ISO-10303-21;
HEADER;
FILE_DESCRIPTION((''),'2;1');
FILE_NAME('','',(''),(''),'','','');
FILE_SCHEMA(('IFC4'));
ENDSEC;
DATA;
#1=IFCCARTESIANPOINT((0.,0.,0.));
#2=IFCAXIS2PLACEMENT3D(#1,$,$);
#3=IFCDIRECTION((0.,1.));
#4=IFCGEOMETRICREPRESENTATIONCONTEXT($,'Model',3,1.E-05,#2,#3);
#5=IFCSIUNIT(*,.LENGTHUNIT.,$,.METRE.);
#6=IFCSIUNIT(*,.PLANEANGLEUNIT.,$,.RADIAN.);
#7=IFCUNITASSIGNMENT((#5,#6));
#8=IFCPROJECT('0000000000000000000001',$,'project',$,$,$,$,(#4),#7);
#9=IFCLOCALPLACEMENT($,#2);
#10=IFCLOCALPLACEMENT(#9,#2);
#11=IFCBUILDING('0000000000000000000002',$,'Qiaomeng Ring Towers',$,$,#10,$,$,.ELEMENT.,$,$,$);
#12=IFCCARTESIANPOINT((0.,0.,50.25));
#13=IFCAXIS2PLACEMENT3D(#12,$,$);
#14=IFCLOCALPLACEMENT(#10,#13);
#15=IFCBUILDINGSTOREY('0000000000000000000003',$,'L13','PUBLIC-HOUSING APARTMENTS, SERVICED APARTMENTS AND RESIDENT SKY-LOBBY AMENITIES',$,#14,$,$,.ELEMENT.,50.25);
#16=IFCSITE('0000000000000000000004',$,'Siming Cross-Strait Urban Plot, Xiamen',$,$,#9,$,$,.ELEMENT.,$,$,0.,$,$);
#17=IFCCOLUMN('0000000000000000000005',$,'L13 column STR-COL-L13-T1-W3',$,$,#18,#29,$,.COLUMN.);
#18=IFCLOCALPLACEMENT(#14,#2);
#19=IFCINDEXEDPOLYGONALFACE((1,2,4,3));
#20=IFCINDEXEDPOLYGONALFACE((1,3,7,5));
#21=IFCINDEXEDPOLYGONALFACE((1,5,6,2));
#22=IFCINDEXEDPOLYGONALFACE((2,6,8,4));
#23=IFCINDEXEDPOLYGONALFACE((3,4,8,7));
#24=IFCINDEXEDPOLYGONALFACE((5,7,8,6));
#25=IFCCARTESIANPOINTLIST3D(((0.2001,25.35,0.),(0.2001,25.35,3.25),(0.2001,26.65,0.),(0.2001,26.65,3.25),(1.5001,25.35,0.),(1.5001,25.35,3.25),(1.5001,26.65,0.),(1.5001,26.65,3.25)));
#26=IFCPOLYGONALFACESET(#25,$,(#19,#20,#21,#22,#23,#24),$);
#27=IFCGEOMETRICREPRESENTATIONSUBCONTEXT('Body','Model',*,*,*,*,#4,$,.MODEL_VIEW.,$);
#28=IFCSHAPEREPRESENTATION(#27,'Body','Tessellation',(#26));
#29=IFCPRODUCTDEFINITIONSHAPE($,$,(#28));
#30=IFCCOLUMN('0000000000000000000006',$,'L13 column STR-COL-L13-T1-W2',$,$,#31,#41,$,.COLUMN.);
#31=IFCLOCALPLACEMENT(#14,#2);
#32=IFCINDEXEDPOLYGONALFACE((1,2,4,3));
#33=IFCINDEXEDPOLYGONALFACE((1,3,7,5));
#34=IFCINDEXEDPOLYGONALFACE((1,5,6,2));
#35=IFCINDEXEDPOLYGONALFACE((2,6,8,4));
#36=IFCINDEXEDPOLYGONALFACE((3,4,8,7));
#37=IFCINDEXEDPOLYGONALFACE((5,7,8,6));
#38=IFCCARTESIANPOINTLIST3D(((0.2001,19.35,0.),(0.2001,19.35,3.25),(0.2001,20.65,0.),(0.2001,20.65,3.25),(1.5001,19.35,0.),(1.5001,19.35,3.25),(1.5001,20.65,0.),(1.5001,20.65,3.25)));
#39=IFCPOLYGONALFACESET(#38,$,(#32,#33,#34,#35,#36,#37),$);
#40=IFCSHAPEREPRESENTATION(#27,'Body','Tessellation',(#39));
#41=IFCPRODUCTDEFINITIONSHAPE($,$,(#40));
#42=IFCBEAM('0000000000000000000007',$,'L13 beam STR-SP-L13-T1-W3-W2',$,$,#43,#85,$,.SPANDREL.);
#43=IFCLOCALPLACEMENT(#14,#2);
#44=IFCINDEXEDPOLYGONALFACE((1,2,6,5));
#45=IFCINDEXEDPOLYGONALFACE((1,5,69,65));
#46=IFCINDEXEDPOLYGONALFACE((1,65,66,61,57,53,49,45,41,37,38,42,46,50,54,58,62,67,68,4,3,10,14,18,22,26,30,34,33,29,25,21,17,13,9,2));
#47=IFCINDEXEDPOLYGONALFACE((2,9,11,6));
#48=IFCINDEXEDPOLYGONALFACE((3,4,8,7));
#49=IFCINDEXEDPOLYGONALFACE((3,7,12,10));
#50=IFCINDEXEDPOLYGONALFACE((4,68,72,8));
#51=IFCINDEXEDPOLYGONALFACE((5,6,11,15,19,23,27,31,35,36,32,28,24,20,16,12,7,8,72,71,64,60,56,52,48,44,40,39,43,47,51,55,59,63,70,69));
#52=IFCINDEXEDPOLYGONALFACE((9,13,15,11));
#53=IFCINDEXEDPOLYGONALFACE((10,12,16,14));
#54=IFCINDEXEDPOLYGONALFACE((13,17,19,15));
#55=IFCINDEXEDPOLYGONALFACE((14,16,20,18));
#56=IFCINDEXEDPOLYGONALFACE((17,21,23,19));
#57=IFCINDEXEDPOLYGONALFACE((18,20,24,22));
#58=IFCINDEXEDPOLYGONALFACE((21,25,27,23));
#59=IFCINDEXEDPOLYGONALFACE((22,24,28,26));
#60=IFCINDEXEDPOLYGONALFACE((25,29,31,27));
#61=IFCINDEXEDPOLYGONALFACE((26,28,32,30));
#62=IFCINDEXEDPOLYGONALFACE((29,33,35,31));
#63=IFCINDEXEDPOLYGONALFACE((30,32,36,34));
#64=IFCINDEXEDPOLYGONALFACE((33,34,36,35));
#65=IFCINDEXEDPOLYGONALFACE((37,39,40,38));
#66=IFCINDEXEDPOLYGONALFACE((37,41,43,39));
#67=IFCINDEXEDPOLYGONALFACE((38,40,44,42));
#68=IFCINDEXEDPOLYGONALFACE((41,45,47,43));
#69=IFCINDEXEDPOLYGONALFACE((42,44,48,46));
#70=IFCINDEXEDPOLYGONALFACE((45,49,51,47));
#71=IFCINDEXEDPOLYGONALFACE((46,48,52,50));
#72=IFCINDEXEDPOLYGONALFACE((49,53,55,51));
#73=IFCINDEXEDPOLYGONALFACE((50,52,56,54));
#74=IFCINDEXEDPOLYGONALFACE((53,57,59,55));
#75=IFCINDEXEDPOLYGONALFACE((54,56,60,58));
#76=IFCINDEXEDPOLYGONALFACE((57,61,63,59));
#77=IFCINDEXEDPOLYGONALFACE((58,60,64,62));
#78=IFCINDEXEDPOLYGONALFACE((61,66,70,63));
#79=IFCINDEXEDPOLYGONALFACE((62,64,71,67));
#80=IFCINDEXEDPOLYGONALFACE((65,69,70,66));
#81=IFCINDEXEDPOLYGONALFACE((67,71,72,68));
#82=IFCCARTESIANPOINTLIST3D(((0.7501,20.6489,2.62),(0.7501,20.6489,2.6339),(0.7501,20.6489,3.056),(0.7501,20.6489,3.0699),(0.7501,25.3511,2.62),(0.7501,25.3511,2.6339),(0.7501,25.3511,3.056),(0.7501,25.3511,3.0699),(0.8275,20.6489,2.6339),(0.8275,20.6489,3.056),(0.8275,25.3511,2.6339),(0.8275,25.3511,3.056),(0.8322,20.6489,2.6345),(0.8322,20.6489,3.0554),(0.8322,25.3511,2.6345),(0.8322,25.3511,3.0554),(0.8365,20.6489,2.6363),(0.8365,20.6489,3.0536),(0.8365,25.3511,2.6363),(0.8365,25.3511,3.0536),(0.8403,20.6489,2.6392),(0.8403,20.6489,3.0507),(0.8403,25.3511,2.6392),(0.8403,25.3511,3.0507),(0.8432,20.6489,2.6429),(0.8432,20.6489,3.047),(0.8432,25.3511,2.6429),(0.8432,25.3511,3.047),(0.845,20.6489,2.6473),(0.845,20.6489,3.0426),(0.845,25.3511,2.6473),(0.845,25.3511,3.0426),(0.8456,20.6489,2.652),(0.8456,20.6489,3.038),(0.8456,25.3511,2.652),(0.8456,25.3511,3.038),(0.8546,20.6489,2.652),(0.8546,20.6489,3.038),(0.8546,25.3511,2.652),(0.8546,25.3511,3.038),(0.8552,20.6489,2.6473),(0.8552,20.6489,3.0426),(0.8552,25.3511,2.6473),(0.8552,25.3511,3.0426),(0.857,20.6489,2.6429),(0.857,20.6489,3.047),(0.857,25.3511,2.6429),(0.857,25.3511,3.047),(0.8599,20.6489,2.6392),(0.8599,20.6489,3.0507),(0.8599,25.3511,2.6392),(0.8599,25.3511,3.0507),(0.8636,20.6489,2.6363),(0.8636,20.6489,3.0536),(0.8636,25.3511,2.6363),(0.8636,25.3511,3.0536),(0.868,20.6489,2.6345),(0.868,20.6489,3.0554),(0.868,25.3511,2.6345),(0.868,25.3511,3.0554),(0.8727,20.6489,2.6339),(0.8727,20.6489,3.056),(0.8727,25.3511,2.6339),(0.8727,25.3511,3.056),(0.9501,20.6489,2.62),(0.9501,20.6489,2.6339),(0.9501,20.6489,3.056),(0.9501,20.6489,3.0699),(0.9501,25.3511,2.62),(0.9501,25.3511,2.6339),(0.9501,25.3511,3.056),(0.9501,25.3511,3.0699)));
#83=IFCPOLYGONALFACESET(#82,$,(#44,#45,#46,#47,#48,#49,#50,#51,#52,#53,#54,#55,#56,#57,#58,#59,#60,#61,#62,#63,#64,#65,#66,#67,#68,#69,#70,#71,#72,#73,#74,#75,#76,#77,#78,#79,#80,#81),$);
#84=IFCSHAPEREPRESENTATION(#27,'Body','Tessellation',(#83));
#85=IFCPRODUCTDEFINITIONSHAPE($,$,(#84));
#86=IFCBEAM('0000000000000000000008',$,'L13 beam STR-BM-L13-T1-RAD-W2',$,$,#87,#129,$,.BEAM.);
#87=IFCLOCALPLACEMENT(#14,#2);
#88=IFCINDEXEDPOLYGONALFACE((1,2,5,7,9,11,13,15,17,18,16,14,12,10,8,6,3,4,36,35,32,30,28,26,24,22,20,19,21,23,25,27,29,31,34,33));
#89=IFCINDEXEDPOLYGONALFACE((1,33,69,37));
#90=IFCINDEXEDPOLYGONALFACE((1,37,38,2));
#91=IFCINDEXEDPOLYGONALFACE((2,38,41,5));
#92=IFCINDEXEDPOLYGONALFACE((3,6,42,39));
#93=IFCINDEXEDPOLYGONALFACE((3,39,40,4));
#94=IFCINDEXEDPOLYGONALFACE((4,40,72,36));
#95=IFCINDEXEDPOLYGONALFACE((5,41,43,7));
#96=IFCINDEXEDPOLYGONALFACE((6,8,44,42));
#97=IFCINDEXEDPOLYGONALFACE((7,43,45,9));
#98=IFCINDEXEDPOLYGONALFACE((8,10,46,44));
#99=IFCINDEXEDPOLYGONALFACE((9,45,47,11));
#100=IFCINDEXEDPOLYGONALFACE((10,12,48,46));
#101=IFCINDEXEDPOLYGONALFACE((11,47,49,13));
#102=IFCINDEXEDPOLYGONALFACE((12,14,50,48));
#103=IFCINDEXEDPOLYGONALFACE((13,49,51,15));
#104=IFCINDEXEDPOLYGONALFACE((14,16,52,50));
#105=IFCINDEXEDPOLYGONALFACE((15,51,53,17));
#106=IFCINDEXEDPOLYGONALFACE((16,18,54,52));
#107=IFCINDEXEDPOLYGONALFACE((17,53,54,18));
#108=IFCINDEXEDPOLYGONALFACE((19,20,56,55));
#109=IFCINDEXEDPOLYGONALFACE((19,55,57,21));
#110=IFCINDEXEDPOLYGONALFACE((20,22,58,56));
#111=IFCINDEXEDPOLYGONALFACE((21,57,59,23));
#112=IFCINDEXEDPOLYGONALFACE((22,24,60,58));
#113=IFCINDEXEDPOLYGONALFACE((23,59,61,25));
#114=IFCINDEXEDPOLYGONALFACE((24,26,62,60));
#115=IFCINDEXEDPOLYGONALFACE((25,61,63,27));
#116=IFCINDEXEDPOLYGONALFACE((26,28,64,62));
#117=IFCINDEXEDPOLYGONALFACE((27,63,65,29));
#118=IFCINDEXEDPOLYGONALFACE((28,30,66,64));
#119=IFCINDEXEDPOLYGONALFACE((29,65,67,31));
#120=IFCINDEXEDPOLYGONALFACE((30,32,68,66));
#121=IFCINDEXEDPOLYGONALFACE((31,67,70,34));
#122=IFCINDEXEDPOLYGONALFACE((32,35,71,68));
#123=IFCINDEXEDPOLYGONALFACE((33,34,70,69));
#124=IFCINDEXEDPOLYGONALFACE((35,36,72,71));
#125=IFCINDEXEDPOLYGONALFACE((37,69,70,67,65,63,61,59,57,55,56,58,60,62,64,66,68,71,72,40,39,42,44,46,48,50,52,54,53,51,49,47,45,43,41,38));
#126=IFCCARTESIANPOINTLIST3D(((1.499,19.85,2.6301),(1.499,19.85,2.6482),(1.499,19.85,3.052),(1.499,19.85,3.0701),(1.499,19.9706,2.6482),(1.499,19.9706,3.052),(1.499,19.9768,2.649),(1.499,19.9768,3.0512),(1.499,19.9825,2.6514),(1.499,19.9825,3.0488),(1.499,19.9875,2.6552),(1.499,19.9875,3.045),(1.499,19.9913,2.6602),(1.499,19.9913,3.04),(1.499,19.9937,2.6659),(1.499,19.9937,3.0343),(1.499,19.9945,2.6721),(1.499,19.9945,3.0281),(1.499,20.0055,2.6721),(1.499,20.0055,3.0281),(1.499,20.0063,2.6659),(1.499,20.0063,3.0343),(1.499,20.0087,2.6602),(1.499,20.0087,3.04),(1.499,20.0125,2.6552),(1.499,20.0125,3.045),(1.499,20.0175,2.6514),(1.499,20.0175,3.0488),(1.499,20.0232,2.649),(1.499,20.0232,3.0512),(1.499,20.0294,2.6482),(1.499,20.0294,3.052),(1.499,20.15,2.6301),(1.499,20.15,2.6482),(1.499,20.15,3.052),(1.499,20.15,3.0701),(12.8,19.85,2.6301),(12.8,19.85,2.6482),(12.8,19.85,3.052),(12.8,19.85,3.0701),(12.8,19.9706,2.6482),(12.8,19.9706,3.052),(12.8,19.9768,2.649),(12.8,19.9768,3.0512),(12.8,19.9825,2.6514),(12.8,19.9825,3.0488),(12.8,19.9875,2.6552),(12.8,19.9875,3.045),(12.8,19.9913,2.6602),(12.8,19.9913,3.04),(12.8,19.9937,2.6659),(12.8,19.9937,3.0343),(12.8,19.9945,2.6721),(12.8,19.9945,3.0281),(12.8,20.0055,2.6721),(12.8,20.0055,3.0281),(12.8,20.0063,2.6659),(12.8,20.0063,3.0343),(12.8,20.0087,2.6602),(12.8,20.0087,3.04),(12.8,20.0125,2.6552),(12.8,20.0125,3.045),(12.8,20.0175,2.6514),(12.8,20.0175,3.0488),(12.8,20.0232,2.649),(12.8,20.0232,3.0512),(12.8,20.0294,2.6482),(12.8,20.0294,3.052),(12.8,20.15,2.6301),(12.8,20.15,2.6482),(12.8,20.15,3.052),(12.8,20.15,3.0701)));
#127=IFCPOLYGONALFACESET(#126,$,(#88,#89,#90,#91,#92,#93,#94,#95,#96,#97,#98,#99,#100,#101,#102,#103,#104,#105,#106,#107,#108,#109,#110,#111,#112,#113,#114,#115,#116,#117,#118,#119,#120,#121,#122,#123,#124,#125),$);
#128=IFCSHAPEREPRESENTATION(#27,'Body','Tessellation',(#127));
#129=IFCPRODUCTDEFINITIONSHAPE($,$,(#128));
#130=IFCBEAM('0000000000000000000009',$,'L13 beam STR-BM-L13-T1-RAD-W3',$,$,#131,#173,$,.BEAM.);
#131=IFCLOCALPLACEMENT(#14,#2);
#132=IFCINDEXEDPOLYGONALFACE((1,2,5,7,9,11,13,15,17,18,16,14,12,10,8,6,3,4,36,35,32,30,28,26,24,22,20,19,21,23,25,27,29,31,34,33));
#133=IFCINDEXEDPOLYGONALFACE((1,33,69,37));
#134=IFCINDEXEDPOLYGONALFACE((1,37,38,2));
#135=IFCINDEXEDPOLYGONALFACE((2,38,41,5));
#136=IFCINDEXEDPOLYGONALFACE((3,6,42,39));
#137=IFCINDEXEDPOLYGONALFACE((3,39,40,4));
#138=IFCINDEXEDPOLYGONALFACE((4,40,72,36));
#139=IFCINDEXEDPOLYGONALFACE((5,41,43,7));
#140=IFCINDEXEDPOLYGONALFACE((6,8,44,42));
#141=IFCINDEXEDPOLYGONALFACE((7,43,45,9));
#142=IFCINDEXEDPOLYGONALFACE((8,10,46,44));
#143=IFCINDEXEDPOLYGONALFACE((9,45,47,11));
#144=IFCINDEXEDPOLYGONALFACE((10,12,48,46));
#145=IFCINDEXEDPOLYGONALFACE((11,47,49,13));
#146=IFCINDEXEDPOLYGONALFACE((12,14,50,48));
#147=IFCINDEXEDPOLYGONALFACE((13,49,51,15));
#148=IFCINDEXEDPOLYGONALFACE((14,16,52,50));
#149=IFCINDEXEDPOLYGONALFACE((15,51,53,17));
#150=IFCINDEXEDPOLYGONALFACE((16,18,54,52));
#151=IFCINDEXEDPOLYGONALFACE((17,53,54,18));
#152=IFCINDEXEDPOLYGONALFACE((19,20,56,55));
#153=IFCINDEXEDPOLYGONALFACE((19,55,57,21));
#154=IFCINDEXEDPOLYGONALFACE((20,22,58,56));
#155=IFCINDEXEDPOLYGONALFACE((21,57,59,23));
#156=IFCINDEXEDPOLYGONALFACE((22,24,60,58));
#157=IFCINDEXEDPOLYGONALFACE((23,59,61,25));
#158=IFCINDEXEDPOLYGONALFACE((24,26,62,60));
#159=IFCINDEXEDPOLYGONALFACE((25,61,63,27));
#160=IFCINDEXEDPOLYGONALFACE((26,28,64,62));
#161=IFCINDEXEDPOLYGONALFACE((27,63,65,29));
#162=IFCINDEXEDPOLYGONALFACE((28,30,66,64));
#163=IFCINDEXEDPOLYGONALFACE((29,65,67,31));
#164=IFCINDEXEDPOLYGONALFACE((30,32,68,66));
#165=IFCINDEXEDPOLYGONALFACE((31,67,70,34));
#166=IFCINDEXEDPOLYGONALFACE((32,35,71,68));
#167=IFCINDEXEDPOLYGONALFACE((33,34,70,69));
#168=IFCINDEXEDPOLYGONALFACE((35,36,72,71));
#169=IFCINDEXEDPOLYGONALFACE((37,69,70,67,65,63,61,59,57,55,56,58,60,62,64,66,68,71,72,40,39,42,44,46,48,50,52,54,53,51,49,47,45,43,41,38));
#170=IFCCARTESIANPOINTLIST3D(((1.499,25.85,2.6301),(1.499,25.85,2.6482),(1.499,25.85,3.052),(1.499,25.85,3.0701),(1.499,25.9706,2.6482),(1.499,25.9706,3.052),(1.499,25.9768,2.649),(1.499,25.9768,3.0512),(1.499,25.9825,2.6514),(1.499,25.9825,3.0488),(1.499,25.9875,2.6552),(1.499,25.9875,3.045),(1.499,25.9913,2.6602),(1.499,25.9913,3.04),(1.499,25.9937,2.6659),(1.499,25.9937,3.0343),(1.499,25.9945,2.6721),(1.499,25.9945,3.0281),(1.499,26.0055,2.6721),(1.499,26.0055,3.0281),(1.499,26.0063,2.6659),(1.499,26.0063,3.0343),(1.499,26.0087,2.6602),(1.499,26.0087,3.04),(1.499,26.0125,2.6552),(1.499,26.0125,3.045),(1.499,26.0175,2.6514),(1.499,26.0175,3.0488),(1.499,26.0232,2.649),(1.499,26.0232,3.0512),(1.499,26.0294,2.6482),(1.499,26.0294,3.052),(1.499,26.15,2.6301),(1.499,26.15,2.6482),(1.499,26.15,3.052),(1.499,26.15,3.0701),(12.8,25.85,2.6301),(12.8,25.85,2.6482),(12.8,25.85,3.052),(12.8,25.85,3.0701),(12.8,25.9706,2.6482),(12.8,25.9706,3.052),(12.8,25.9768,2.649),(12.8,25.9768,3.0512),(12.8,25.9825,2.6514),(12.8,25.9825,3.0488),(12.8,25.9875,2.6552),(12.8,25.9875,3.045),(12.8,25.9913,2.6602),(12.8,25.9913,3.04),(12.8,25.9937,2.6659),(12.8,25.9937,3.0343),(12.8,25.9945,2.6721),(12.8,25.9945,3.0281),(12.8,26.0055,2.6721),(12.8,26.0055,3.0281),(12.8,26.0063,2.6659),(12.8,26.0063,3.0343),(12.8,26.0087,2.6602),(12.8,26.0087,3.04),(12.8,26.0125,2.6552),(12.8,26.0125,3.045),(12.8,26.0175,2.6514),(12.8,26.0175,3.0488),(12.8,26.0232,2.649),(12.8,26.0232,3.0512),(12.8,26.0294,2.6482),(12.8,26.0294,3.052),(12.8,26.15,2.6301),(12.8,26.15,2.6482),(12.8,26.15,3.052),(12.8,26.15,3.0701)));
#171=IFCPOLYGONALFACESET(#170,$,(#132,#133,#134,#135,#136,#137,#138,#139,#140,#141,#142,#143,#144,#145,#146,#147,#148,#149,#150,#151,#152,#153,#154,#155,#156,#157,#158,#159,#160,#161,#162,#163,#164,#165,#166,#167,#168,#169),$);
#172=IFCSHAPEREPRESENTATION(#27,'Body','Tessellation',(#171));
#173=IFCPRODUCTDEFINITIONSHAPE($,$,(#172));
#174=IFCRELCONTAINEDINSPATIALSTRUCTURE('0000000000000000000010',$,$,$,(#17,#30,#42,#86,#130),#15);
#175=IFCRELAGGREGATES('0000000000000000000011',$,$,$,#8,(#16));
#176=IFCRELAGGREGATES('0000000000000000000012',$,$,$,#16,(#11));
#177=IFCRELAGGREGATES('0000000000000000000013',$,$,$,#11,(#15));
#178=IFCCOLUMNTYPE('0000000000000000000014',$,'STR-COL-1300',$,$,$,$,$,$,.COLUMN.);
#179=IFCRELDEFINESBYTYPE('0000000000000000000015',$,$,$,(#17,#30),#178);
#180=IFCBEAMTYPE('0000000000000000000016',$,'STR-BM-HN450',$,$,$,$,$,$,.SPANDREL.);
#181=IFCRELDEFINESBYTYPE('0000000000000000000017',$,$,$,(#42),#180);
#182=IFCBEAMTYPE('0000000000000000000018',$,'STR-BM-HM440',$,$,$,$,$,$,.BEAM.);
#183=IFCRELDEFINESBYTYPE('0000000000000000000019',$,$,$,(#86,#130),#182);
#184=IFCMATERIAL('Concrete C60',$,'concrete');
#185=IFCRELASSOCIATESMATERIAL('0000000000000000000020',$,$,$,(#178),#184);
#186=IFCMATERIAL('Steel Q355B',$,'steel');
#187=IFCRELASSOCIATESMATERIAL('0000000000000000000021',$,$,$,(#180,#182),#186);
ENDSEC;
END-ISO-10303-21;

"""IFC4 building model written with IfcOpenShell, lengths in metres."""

from ifc_helpers import new_model, si_unit, direction, frame, origin, origin_2d, place, context, subcontext, project, spatial, rectangle, i_section, extrude, source, transform, mapped, material, material_profile, profile_set, type_object, element, save


model = new_model("IFC4")

# Units and contexts
model_context = context("Model", 3, precision=1e-05, world=origin(), true_north=direction((0.0, 1.0)))
body_context = subcontext(model_context, "Body", "Model", "MODEL_VIEW")
ifc_project = project(units=[si_unit("LENGTHUNIT", "METRE"), si_unit("PLANEANGLEUNIT", "RADIAN")], contexts=[model_context])

# Site, building, storey
site_placement = place(None, origin())
site = spatial("IfcSite", under=ifc_project, at=site_placement, Name="Siming Cross-Strait Urban Plot, Xiamen", CompositionType="ELEMENT", RefElevation=0.0)
building_placement = place(site_placement, origin())
building = spatial("IfcBuilding", under=site, at=building_placement, Name="Qiaomeng Ring Towers", CompositionType="ELEMENT")
storey_placement = place(building_placement, frame((0.0, 0.0, 50.25)))
storey = spatial("IfcBuildingStorey", under=building, at=storey_placement, Name="L13", Description="PUBLIC-HOUSING APARTMENTS, SERVICED APARTMENTS AND RESIDENT SKY-LOBBY AMENITIES", CompositionType="ELEMENT", Elevation=50.25)

# Columns
ifc_material_1 = material(Name="Concrete C60", Category="concrete")
ifc_material_profile_1 = material_profile(ifc_material_1, rectangle(XDim=1.3, YDim=1.3, at=origin_2d()), Name="RC COL 1300x1300")
ifc_profile_set_1 = profile_set([ifc_material_profile_1], Name="Concrete C60")
column_type = type_object("IfcColumnType", Name="STR-COL-1300", PredefinedType="COLUMN", material=ifc_profile_set_1)
shared_shape_1 = source(origin(), body_context, "Body", "SweptSolid", [
    extrude(rectangle(XDim=1.3, YDim=1.3, at=origin_2d()), origin(), (0.0, 0.0, 1.0), 3.25),
])
for number, where, z_axis, x_axis, name in (
    (1, (0.8501, 26.0, 0.0), (0.0, 0.0, 1.0), (1.0, 0.0, 0.0), "L13 column STR-COL-L13-T1-W3"),
    (2, (0.8501, 20.0, 0.0), (0.0, 0.0, 1.0), (1.0, 0.0, 0.0), "L13 column STR-COL-L13-T1-W2"),
):
    element("IfcColumn", number, at=place(storey_placement, frame(where, z_axis=z_axis, x_axis=x_axis)), inside=storey, type_object=column_type, Name=name, PredefinedType="COLUMN", context=body_context, shape_type="MappedRepresentation", body=[
        mapped(shared_shape_1, transform((0.0, 0.0, 0.0), x_axis=(1.0, 0.0, 0.0), y_axis=(0.0, 1.0, 0.0), z_axis=(0.0, 0.0, 1.0), scale=1.0)),
    ])

# Beams
ifc_material_2 = material(Name="Steel Q355B", Category="steel")
ifc_material_profile_2 = material_profile(ifc_material_2, i_section(OverallWidth=0.2, OverallDepth=0.45, WebThickness=0.009, FlangeThickness=0.0139, FilletRadius=0.0181, at=origin_2d()), Name="HN 450x200x9x14")
ifc_profile_set_2 = profile_set([ifc_material_profile_2], Name="Steel Q355B")
beam_type_1 = type_object("IfcBeamType", Name="STR-BM-HN450", PredefinedType="SPANDREL", material=ifc_profile_set_2)
shared_shape_2 = source(origin(), body_context, "Body", "SweptSolid", [
    extrude(i_section(OverallWidth=0.2, OverallDepth=0.45, WebThickness=0.009, FlangeThickness=0.0139, FilletRadius=0.0181, at=origin_2d()), origin(), (0.0, 0.0, 1.0), 4.7021),
])
beam_1_placement = place(storey_placement, frame((0.8501, 25.3511, 2.845), z_axis=(0.0, -1.0, 0.0), x_axis=(1.0, 0.0, 0.0)))
element("IfcBeam", 3, at=beam_1_placement, inside=storey, type_object=beam_type_1, Name="L13 beam STR-SP-L13-T1-W3-W2", PredefinedType="SPANDREL", context=body_context, shape_type="MappedRepresentation", body=[
    mapped(shared_shape_2, transform((0.0, 0.0, 0.0), x_axis=(1.0, 0.0, 0.0), y_axis=(0.0, 1.0, 0.0), z_axis=(0.0, 0.0, 1.0), scale=1.0)),
])
ifc_material_profile_3 = material_profile(ifc_material_2, i_section(OverallWidth=0.3, OverallDepth=0.4399, WebThickness=0.011, FlangeThickness=0.0181, FilletRadius=0.0239, at=origin_2d()), Name="HM 440x300x11x18")
ifc_profile_set_3 = profile_set([ifc_material_profile_3], Name="Steel Q355B")
beam_type_2 = type_object("IfcBeamType", Name="STR-BM-HM440", PredefinedType="BEAM", material=ifc_profile_set_3)
shared_shape_3 = source(origin(), body_context, "Body", "SweptSolid", [
    extrude(i_section(OverallWidth=0.3, OverallDepth=0.4399, WebThickness=0.011, FlangeThickness=0.0181, FilletRadius=0.0239, at=origin_2d()), origin(), (0.0, 0.0, 1.0), 11.301),
])
for number, where, z_axis, x_axis, name in (
    (4, (1.499, 20.0, 2.8501), (1.0, 0.0, 0.0), (0.0, 1.0, 0.0), "L13 beam STR-BM-L13-T1-RAD-W2"),
    (5, (1.499, 26.0, 2.8501), (1.0, 0.0, 0.0), (0.0, 1.0, 0.0), "L13 beam STR-BM-L13-T1-RAD-W3"),
):
    element("IfcBeam", number, at=place(storey_placement, frame(where, z_axis=z_axis, x_axis=x_axis)), inside=storey, type_object=beam_type_2, Name=name, PredefinedType="BEAM", context=body_context, shape_type="MappedRepresentation", body=[
        mapped(shared_shape_3, transform((0.0, 0.0, 0.0), x_axis=(1.0, 0.0, 0.0), y_axis=(0.0, 1.0, 0.0), z_axis=(0.0, 0.0, 1.0), scale=1.0)),
    ])

save(model, "model.ifc")
